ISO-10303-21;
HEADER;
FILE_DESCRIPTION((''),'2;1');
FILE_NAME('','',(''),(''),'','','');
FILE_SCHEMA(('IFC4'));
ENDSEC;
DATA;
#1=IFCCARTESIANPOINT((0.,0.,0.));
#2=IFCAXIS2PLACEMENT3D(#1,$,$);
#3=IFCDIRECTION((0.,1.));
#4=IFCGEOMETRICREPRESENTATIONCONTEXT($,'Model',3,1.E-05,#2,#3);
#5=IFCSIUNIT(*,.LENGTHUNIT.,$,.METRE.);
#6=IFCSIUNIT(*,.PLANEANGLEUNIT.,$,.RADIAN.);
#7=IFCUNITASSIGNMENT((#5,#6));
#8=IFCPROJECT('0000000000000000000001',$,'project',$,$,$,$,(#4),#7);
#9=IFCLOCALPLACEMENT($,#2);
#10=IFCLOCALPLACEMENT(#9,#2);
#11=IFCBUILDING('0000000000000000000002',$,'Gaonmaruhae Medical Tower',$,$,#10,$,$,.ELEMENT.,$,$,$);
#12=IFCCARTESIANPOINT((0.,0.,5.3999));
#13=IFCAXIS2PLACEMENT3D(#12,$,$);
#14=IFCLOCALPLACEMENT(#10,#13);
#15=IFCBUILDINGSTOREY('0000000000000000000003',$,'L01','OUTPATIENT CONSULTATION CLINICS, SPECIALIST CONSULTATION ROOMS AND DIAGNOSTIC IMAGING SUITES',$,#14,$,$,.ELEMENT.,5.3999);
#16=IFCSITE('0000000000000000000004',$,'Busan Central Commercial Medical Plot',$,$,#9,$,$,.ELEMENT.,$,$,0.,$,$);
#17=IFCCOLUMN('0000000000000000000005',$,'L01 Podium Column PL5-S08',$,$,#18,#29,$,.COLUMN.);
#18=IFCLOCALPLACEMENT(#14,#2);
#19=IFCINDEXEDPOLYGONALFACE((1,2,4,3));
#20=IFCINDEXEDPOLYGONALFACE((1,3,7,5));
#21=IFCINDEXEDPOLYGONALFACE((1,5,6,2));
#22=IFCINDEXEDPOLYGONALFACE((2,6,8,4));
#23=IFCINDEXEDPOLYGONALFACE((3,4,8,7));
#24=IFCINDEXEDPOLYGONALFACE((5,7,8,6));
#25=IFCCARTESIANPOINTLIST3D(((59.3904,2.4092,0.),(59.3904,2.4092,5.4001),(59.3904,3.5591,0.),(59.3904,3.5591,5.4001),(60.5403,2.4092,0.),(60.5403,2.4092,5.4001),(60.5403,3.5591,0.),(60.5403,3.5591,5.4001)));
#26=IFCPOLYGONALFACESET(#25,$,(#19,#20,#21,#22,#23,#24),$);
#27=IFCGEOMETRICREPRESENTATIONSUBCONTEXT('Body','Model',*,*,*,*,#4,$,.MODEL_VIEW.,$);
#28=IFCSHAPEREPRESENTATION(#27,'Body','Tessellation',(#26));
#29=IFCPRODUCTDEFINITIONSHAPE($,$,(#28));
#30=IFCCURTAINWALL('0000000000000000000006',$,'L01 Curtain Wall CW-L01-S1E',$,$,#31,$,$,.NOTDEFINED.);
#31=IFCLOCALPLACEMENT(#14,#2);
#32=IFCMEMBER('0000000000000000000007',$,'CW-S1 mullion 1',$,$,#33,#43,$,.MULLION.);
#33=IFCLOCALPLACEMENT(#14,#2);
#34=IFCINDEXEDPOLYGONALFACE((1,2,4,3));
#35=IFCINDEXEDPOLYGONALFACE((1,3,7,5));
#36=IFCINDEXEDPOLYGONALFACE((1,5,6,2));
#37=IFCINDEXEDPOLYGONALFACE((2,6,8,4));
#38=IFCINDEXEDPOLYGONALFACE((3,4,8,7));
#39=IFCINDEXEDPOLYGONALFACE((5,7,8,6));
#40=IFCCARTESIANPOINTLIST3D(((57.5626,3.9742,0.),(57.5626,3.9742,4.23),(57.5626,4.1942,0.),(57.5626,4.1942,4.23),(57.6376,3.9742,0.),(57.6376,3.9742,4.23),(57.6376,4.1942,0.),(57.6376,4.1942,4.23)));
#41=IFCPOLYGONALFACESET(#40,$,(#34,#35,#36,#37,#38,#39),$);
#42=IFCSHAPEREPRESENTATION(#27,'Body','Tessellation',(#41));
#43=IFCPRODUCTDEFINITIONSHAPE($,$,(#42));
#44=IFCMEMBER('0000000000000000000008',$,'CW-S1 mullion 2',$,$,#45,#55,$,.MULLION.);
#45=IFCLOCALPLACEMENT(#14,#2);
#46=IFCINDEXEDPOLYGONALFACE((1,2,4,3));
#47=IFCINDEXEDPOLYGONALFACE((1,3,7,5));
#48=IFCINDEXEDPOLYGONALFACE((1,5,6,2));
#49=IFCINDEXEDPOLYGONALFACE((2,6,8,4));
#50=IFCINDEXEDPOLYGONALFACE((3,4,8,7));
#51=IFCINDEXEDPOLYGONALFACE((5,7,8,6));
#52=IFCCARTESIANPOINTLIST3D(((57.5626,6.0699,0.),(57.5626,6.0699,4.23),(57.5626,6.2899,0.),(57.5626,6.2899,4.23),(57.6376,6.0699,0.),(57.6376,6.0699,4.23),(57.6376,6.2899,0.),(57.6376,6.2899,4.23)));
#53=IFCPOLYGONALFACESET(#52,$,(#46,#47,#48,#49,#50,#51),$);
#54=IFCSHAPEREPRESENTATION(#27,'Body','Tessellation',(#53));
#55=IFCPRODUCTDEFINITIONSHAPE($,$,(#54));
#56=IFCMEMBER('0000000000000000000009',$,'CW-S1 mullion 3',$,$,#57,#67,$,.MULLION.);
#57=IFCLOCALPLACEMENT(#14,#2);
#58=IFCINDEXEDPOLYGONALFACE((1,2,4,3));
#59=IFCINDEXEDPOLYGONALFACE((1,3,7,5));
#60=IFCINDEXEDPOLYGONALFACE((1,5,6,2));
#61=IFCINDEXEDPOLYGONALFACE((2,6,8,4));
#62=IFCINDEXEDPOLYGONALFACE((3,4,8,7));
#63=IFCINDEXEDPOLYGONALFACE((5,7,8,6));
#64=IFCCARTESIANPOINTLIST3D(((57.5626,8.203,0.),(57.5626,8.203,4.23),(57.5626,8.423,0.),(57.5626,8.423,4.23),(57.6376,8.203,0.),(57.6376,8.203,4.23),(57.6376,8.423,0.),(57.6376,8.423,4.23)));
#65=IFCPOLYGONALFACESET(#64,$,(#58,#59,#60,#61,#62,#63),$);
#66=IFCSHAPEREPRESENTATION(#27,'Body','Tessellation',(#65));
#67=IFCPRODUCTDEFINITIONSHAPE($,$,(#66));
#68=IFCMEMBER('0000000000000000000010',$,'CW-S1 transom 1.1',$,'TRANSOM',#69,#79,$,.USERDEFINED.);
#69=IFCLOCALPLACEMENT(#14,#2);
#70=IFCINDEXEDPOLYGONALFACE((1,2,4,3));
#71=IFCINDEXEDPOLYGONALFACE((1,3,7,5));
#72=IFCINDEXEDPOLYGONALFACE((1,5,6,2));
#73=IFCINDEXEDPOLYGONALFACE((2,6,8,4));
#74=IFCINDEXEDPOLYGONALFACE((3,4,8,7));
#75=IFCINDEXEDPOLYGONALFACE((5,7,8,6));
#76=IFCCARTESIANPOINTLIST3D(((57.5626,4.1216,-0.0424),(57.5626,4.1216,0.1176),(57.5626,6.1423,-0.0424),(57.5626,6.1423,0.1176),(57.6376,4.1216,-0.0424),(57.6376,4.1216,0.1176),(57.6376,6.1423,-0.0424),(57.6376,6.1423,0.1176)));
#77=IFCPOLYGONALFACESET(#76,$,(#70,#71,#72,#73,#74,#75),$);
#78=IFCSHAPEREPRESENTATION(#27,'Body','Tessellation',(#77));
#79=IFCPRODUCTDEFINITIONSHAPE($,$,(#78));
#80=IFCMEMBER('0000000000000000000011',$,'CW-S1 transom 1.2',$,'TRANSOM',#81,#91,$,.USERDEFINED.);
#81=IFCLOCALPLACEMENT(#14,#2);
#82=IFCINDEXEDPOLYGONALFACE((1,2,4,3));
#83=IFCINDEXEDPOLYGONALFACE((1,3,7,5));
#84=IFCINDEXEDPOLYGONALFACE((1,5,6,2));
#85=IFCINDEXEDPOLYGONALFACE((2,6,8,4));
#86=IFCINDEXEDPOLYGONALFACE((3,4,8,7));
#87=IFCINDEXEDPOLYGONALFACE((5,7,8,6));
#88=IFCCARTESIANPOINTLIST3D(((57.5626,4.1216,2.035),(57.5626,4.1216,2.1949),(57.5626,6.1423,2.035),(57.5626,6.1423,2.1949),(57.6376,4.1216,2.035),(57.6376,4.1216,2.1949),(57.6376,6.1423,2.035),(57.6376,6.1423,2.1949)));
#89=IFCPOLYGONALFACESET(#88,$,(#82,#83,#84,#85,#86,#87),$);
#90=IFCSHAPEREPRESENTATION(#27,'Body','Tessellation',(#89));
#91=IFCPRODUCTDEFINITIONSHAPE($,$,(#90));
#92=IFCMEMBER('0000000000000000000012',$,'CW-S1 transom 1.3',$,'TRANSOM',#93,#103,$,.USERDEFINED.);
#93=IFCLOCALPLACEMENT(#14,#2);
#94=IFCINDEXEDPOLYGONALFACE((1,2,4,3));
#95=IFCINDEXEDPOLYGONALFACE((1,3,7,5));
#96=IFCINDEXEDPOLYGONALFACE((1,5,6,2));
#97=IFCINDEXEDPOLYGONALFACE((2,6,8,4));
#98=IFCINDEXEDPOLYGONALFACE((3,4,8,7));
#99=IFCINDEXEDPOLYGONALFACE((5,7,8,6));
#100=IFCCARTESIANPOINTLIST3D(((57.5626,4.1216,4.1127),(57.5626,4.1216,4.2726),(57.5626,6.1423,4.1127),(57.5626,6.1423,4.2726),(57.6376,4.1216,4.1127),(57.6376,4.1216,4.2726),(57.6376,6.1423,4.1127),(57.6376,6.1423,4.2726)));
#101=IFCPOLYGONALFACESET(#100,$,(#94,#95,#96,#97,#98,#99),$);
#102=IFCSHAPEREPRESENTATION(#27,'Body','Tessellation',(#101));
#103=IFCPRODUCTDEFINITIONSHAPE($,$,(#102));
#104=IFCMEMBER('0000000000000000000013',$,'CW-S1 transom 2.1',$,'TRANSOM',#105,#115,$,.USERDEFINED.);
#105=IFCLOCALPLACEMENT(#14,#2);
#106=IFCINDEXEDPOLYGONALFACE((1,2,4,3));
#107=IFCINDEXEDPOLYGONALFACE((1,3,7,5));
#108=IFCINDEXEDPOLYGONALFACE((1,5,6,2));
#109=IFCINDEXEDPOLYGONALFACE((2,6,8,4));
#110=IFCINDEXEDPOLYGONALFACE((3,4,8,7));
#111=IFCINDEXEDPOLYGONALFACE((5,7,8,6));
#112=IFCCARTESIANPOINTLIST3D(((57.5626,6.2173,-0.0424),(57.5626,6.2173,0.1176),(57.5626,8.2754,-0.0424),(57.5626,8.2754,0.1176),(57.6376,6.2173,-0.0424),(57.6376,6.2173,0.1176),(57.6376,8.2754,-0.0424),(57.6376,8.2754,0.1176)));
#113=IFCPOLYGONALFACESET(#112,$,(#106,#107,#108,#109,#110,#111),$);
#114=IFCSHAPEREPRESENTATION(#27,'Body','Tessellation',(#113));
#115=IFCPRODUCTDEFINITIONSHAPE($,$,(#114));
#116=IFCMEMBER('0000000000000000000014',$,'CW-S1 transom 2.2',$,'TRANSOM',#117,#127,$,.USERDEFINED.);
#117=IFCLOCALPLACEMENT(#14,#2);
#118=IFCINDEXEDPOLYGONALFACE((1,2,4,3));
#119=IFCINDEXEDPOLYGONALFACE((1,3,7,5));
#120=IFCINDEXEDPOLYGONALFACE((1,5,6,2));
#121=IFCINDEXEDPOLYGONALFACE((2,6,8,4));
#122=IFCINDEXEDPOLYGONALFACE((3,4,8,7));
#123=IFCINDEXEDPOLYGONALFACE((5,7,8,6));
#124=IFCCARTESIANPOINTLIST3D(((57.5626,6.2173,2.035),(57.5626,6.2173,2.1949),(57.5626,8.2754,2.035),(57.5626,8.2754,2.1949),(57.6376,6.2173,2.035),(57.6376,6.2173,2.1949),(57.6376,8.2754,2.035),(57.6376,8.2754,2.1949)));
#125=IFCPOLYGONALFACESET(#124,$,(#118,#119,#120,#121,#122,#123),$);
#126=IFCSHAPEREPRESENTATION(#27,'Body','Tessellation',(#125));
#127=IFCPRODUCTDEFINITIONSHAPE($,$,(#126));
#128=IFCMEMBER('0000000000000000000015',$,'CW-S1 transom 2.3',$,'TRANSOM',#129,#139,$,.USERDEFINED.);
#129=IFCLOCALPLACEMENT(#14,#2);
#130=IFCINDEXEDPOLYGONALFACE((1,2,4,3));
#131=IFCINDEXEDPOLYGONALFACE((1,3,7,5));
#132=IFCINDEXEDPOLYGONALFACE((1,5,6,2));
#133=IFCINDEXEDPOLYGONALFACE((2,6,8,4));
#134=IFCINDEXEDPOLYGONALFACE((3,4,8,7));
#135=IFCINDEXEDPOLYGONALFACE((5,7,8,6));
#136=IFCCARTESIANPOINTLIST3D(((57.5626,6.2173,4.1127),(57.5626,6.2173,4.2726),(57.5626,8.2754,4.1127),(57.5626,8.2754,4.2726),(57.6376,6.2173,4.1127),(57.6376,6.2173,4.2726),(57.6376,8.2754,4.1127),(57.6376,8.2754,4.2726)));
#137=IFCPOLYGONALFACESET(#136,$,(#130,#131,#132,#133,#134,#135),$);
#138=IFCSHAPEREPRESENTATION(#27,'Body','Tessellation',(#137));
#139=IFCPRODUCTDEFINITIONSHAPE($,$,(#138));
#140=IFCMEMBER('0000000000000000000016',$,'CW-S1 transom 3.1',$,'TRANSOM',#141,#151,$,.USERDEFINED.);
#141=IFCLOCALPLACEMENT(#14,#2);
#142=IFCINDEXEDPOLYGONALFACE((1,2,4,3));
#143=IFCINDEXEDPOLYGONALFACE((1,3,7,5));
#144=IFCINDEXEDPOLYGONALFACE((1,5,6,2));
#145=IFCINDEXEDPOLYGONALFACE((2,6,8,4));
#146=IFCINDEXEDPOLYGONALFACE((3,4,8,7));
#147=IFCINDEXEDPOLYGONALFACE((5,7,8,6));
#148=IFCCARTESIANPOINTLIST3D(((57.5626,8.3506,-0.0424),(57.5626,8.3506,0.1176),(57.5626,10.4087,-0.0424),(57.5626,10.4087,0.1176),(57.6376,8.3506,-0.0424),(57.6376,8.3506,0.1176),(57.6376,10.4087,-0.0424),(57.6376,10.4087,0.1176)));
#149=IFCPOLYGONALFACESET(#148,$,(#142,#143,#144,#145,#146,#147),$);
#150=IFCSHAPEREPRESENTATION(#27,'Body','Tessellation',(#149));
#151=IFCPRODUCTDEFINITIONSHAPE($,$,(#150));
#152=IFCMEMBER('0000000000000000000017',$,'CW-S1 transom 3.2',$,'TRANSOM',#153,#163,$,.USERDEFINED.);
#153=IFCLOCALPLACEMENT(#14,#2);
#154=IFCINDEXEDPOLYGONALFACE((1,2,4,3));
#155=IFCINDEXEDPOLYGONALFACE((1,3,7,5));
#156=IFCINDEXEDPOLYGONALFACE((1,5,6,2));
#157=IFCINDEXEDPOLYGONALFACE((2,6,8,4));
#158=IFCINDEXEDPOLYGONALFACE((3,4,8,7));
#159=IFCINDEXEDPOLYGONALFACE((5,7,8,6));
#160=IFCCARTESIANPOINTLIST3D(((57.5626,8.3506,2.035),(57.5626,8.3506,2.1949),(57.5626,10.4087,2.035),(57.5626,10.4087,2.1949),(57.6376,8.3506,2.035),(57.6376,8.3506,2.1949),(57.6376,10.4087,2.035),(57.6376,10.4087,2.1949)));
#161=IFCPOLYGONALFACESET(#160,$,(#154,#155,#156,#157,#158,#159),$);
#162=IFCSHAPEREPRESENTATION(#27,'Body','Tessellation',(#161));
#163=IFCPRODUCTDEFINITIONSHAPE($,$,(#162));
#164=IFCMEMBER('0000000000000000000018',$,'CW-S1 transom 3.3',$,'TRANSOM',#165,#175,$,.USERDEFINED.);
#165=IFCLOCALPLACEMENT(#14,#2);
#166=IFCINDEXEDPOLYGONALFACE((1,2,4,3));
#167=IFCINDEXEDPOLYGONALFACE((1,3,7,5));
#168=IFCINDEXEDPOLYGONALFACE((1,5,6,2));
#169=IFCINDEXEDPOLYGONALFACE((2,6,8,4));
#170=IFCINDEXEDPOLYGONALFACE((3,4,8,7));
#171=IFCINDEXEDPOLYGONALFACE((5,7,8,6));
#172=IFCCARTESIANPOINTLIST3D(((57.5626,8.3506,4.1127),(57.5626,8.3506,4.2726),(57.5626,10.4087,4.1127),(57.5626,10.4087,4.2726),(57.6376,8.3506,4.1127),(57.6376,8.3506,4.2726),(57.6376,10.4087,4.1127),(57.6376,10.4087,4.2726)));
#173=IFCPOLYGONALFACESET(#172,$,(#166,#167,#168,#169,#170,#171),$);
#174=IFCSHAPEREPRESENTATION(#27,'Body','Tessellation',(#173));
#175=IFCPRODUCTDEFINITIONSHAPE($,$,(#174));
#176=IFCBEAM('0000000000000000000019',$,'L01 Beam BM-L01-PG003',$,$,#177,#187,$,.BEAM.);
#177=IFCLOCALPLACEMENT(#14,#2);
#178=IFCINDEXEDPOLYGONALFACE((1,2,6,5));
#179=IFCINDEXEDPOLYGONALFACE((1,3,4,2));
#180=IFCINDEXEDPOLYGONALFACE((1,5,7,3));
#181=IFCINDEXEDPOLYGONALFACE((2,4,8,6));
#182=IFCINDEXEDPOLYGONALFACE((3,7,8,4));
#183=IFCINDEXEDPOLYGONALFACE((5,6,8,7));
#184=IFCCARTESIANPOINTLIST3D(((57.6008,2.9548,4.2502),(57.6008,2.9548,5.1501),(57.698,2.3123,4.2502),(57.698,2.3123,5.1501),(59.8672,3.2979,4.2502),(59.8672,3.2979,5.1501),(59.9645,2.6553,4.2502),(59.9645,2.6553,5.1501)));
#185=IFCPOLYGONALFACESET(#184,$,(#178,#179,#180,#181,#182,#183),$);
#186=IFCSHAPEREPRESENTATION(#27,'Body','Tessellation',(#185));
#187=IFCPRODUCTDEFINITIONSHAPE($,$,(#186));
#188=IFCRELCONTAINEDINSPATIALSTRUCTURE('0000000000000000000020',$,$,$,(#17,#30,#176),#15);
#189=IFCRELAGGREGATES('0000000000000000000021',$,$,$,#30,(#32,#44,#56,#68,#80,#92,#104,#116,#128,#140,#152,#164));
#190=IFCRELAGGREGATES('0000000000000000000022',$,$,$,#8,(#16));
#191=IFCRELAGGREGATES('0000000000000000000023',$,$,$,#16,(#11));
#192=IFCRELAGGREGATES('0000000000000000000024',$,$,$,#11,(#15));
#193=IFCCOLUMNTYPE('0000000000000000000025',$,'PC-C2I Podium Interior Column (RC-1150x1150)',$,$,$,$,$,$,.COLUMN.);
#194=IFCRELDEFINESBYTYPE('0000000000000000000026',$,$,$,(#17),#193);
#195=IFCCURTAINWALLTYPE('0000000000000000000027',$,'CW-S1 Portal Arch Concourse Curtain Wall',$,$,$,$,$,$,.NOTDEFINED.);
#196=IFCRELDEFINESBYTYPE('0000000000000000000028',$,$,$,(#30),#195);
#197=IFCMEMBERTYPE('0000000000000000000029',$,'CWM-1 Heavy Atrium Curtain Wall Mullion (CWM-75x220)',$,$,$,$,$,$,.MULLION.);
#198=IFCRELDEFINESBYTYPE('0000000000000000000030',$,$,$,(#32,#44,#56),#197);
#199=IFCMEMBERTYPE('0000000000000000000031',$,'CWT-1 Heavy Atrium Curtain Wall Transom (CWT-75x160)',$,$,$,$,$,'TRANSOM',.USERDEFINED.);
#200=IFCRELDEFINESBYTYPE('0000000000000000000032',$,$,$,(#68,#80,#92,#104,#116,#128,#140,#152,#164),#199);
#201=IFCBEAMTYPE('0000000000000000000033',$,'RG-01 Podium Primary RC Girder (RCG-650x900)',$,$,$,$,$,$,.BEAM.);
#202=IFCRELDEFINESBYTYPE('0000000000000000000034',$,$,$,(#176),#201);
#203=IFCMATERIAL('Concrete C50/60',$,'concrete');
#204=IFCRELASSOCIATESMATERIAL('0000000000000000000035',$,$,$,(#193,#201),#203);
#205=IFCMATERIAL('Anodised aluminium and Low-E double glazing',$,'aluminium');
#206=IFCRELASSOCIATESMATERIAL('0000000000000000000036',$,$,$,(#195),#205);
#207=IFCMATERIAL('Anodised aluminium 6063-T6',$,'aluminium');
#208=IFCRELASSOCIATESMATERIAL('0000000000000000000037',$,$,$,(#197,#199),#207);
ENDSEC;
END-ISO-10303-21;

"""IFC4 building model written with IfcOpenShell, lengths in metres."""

from ifc_helpers import new_model, si_unit, direction, frame, origin, origin_2d, place, context, subcontext, project, spatial, rectangle, extrude, material, material_profile, profile_set, type_object, element, aggregate, save


model = new_model("IFC4")

# Units and contexts
model_context = context("Model", 3, precision=1e-05, world=origin(), true_north=direction((0.0, 1.0)))
body_context = subcontext(model_context, "Body", "Model", "MODEL_VIEW")
ifc_project = project(units=[si_unit("LENGTHUNIT", "METRE"), si_unit("PLANEANGLEUNIT", "RADIAN")], contexts=[model_context])

# Site, building, storey
site_placement = place(None, origin())
site = spatial("IfcSite", under=ifc_project, at=site_placement, Name="Busan Central Commercial Medical Plot", CompositionType="ELEMENT", RefElevation=0.0)
building_placement = place(site_placement, origin())
building = spatial("IfcBuilding", under=site, at=building_placement, Name="Gaonmaruhae Medical Tower", CompositionType="ELEMENT")
storey_placement = place(building_placement, frame((0.0, 0.0, 5.3999)))
storey = spatial("IfcBuildingStorey", under=building, at=storey_placement, Name="L01", Description="OUTPATIENT CONSULTATION CLINICS, SPECIALIST CONSULTATION ROOMS AND DIAGNOSTIC IMAGING SUITES", CompositionType="ELEMENT", Elevation=5.3999)

# Column
ifc_material_1 = material(Name="Concrete C50/60", Category="concrete")
ifc_material_profile_1 = material_profile(ifc_material_1, rectangle(XDim=1.1499, YDim=1.1499, at=origin_2d()), Name="RC-1150x1150")
ifc_profile_set_1 = profile_set([ifc_material_profile_1], Name="Concrete C50/60")
column_type = type_object("IfcColumnType", Name="PC-C2I Podium Interior Column (RC-1150x1150)", PredefinedType="COLUMN", material=ifc_profile_set_1)
column_placement = place(storey_placement, frame((59.9653, 2.9841, 0.0), z_axis=(0.0, 0.0, 1.0), x_axis=(1.0, 0.0, 0.0)))
element("IfcColumn", 1, at=column_placement, inside=storey, type_object=column_type, Name="L01 Podium Column PL5-S08", PredefinedType="COLUMN", context=body_context, shape_type="SweptSolid", body=[
    extrude(rectangle(XDim=1.1499, YDim=1.1499, at=origin_2d()), origin(), (0.0, 0.0, 1.0), 5.4001),
])

# Curtain wall, members
ifc_material_2 = material(Name="Anodised aluminium and Low-E double glazing", Category="aluminium")
curtain_wall_type = type_object("IfcCurtainWallType", Name="CW-S1 Portal Arch Concourse Curtain Wall", PredefinedType="NOTDEFINED", material=ifc_material_2)
curtain_wall_placement = place(storey_placement, origin())
curtain_wall = element("IfcCurtainWall", 2, at=curtain_wall_placement, inside=storey, type_object=curtain_wall_type, Name="L01 Curtain Wall CW-L01-S1E", PredefinedType="NOTDEFINED")
ifc_material_3 = material(Name="Anodised aluminium 6063-T6", Category="aluminium")
ifc_material_profile_2 = material_profile(ifc_material_3, rectangle(XDim=0.075, YDim=0.22, at=origin_2d()), Name="CWM-75x220")
ifc_profile_set_2 = profile_set([ifc_material_profile_2], Name="Anodised aluminium 6063-T6")
member_type_1 = type_object("IfcMemberType", Name="CWM-1 Heavy Atrium Curtain Wall Mullion (CWM-75x220)", PredefinedType="MULLION", material=ifc_profile_set_2)
member_1_placement = place(storey_placement, frame((57.6001, 4.0842, 0.0), z_axis=(0.0, 0.0, 1.0), x_axis=(-1.0, 0.0, 0.0)))
member_1 = element("IfcMember", 3, at=member_1_placement, type_object=member_type_1, Name="CW-S1 mullion 1", PredefinedType="MULLION", context=body_context, shape_type="SweptSolid", body=[
    extrude(rectangle(XDim=0.075, YDim=0.22, at=origin_2d()), origin(), (0.0, 0.0, 1.0), 4.23),
])
member_2_placement = place(storey_placement, frame((57.6001, 6.1799, 0.0), z_axis=(0.0, 0.0, 1.0), x_axis=(-1.0, 0.0, 0.0)))
member_2 = element("IfcMember", 4, at=member_2_placement, type_object=member_type_1, Name="CW-S1 mullion 2", PredefinedType="MULLION", context=body_context, shape_type="SweptSolid", body=[
    extrude(rectangle(XDim=0.075, YDim=0.22, at=origin_2d()), origin(), (0.0, 0.0, 1.0), 4.23),
])
member_3_placement = place(storey_placement, frame((57.6001, 8.313, 0.0), z_axis=(0.0, 0.0, 1.0), x_axis=(-1.0, 0.0, 0.0)))
member_3 = element("IfcMember", 5, at=member_3_placement, type_object=member_type_1, Name="CW-S1 mullion 3", PredefinedType="MULLION", context=body_context, shape_type="SweptSolid", body=[
    extrude(rectangle(XDim=0.075, YDim=0.22, at=origin_2d()), origin(), (0.0, 0.0, 1.0), 4.23),
])
ifc_material_profile_3 = material_profile(ifc_material_3, rectangle(XDim=0.075, YDim=0.1599, at=origin_2d()), Name="CWT-75x160")
ifc_profile_set_3 = profile_set([ifc_material_profile_3], Name="Anodised aluminium 6063-T6")
member_type_2 = type_object("IfcMemberType", Name="CWT-1 Heavy Atrium Curtain Wall Transom (CWT-75x160)", ElementType="TRANSOM", PredefinedType="USERDEFINED", material=ifc_profile_set_3)
member_4_placement = place(storey_placement, frame((57.6001, 4.1216, 0.0376), z_axis=(0.0, 1.0, 0.0), x_axis=(-1.0, 0.0, 0.0)))
member_4 = element("IfcMember", 6, at=member_4_placement, type_object=member_type_2, Name="CW-S1 transom 1.1", ObjectType="TRANSOM", PredefinedType="USERDEFINED", context=body_context, shape_type="SweptSolid", body=[
    extrude(rectangle(XDim=0.075, YDim=0.1599, at=origin_2d()), origin(), (0.0, 0.0, 1.0), 2.0208),
])
member_5_placement = place(storey_placement, frame((57.6001, 4.1216, 2.115), z_axis=(0.0, 1.0, 0.0), x_axis=(-1.0, 0.0, 0.0)))
member_5 = element("IfcMember", 7, at=member_5_placement, type_object=member_type_2, Name="CW-S1 transom 1.2", ObjectType="TRANSOM", PredefinedType="USERDEFINED", context=body_context, shape_type="SweptSolid", body=[
    extrude(rectangle(XDim=0.075, YDim=0.1599, at=origin_2d()), origin(), (0.0, 0.0, 1.0), 2.0208),
])
member_6_placement = place(storey_placement, frame((57.6001, 4.1216, 4.1926), z_axis=(0.0, 1.0, 0.0), x_axis=(-1.0, 0.0, 0.0)))
member_6 = element("IfcMember", 8, at=member_6_placement, type_object=member_type_2, Name="CW-S1 transom 1.3", ObjectType="TRANSOM", PredefinedType="USERDEFINED", context=body_context, shape_type="SweptSolid", body=[
    extrude(rectangle(XDim=0.075, YDim=0.1599, at=origin_2d()), origin(), (0.0, 0.0, 1.0), 2.0208),
])
member_7_placement = place(storey_placement, frame((57.6001, 6.2173, 0.0376), z_axis=(0.0, 1.0, 0.0), x_axis=(-1.0, 0.0, 0.0)))
member_7 = element("IfcMember", 9, at=member_7_placement, type_object=member_type_2, Name="CW-S1 transom 2.1", ObjectType="TRANSOM", PredefinedType="USERDEFINED", context=body_context, shape_type="SweptSolid", body=[
    extrude(rectangle(XDim=0.075, YDim=0.1599, at=origin_2d()), origin(), (0.0, 0.0, 1.0), 2.0581),
])
member_8_placement = place(storey_placement, frame((57.6001, 6.2173, 2.115), z_axis=(0.0, 1.0, 0.0), x_axis=(-1.0, 0.0, 0.0)))
member_8 = element("IfcMember", 10, at=member_8_placement, type_object=member_type_2, Name="CW-S1 transom 2.2", ObjectType="TRANSOM", PredefinedType="USERDEFINED", context=body_context, shape_type="SweptSolid", body=[
    extrude(rectangle(XDim=0.075, YDim=0.1599, at=origin_2d()), origin(), (0.0, 0.0, 1.0), 2.0581),
])
member_9_placement = place(storey_placement, frame((57.6001, 6.2173, 4.1926), z_axis=(0.0, 1.0, 0.0), x_axis=(-1.0, 0.0, 0.0)))
member_9 = element("IfcMember", 11, at=member_9_placement, type_object=member_type_2, Name="CW-S1 transom 2.3", ObjectType="TRANSOM", PredefinedType="USERDEFINED", context=body_context, shape_type="SweptSolid", body=[
    extrude(rectangle(XDim=0.075, YDim=0.1599, at=origin_2d()), origin(), (0.0, 0.0, 1.0), 2.0581),
])
member_10_placement = place(storey_placement, frame((57.6001, 8.3506, 0.0376), z_axis=(0.0, 1.0, 0.0), x_axis=(-1.0, 0.0, 0.0)))
member_10 = element("IfcMember", 12, at=member_10_placement, type_object=member_type_2, Name="CW-S1 transom 3.1", ObjectType="TRANSOM", PredefinedType="USERDEFINED", context=body_context, shape_type="SweptSolid", body=[
    extrude(rectangle(XDim=0.075, YDim=0.1599, at=origin_2d()), origin(), (0.0, 0.0, 1.0), 2.0581),
])
member_11_placement = place(storey_placement, frame((57.6001, 8.3506, 2.115), z_axis=(0.0, 1.0, 0.0), x_axis=(-1.0, 0.0, 0.0)))
member_11 = element("IfcMember", 13, at=member_11_placement, type_object=member_type_2, Name="CW-S1 transom 3.2", ObjectType="TRANSOM", PredefinedType="USERDEFINED", context=body_context, shape_type="SweptSolid", body=[
    extrude(rectangle(XDim=0.075, YDim=0.1599, at=origin_2d()), origin(), (0.0, 0.0, 1.0), 2.0581),
])
member_12_placement = place(storey_placement, frame((57.6001, 8.3506, 4.1926), z_axis=(0.0, 1.0, 0.0), x_axis=(-1.0, 0.0, 0.0)))
member_12 = element("IfcMember", 14, at=member_12_placement, type_object=member_type_2, Name="CW-S1 transom 3.3", ObjectType="TRANSOM", PredefinedType="USERDEFINED", context=body_context, shape_type="SweptSolid", body=[
    extrude(rectangle(XDim=0.075, YDim=0.1599, at=origin_2d()), origin(), (0.0, 0.0, 1.0), 2.0581),
])

# Beam
ifc_material_profile_4 = material_profile(ifc_material_1, rectangle(XDim=0.6499, YDim=0.8999, at=origin_2d()), Name="RCG-650x900")
ifc_profile_set_4 = profile_set([ifc_material_profile_4], Name="Concrete C50/60")
beam_type = type_object("IfcBeamType", Name="RG-01 Podium Primary RC Girder (RCG-650x900)", PredefinedType="BEAM", material=ifc_profile_set_4)
beam_1_placement = place(storey_placement, frame((57.6494, 2.6335, 4.7002), z_axis=(0.988739, 0.149648, 0.0), x_axis=(-0.149648, 0.988739, 0.0)))
element("IfcBeam", 15, at=beam_1_placement, inside=storey, type_object=beam_type, Name="L01 Beam BM-L01-PG003", PredefinedType="BEAM", context=body_context, shape_type="SweptSolid", body=[
    extrude(rectangle(XDim=0.6499, YDim=0.8999, at=origin_2d()), origin(), (0.0, 0.0, 1.0), 2.2922),
])

aggregate(curtain_wall, [member_1, member_2, member_3, member_4, member_5, member_6, member_7, member_8, member_9, member_10, member_11, member_12])

save(model, "model.ifc")
